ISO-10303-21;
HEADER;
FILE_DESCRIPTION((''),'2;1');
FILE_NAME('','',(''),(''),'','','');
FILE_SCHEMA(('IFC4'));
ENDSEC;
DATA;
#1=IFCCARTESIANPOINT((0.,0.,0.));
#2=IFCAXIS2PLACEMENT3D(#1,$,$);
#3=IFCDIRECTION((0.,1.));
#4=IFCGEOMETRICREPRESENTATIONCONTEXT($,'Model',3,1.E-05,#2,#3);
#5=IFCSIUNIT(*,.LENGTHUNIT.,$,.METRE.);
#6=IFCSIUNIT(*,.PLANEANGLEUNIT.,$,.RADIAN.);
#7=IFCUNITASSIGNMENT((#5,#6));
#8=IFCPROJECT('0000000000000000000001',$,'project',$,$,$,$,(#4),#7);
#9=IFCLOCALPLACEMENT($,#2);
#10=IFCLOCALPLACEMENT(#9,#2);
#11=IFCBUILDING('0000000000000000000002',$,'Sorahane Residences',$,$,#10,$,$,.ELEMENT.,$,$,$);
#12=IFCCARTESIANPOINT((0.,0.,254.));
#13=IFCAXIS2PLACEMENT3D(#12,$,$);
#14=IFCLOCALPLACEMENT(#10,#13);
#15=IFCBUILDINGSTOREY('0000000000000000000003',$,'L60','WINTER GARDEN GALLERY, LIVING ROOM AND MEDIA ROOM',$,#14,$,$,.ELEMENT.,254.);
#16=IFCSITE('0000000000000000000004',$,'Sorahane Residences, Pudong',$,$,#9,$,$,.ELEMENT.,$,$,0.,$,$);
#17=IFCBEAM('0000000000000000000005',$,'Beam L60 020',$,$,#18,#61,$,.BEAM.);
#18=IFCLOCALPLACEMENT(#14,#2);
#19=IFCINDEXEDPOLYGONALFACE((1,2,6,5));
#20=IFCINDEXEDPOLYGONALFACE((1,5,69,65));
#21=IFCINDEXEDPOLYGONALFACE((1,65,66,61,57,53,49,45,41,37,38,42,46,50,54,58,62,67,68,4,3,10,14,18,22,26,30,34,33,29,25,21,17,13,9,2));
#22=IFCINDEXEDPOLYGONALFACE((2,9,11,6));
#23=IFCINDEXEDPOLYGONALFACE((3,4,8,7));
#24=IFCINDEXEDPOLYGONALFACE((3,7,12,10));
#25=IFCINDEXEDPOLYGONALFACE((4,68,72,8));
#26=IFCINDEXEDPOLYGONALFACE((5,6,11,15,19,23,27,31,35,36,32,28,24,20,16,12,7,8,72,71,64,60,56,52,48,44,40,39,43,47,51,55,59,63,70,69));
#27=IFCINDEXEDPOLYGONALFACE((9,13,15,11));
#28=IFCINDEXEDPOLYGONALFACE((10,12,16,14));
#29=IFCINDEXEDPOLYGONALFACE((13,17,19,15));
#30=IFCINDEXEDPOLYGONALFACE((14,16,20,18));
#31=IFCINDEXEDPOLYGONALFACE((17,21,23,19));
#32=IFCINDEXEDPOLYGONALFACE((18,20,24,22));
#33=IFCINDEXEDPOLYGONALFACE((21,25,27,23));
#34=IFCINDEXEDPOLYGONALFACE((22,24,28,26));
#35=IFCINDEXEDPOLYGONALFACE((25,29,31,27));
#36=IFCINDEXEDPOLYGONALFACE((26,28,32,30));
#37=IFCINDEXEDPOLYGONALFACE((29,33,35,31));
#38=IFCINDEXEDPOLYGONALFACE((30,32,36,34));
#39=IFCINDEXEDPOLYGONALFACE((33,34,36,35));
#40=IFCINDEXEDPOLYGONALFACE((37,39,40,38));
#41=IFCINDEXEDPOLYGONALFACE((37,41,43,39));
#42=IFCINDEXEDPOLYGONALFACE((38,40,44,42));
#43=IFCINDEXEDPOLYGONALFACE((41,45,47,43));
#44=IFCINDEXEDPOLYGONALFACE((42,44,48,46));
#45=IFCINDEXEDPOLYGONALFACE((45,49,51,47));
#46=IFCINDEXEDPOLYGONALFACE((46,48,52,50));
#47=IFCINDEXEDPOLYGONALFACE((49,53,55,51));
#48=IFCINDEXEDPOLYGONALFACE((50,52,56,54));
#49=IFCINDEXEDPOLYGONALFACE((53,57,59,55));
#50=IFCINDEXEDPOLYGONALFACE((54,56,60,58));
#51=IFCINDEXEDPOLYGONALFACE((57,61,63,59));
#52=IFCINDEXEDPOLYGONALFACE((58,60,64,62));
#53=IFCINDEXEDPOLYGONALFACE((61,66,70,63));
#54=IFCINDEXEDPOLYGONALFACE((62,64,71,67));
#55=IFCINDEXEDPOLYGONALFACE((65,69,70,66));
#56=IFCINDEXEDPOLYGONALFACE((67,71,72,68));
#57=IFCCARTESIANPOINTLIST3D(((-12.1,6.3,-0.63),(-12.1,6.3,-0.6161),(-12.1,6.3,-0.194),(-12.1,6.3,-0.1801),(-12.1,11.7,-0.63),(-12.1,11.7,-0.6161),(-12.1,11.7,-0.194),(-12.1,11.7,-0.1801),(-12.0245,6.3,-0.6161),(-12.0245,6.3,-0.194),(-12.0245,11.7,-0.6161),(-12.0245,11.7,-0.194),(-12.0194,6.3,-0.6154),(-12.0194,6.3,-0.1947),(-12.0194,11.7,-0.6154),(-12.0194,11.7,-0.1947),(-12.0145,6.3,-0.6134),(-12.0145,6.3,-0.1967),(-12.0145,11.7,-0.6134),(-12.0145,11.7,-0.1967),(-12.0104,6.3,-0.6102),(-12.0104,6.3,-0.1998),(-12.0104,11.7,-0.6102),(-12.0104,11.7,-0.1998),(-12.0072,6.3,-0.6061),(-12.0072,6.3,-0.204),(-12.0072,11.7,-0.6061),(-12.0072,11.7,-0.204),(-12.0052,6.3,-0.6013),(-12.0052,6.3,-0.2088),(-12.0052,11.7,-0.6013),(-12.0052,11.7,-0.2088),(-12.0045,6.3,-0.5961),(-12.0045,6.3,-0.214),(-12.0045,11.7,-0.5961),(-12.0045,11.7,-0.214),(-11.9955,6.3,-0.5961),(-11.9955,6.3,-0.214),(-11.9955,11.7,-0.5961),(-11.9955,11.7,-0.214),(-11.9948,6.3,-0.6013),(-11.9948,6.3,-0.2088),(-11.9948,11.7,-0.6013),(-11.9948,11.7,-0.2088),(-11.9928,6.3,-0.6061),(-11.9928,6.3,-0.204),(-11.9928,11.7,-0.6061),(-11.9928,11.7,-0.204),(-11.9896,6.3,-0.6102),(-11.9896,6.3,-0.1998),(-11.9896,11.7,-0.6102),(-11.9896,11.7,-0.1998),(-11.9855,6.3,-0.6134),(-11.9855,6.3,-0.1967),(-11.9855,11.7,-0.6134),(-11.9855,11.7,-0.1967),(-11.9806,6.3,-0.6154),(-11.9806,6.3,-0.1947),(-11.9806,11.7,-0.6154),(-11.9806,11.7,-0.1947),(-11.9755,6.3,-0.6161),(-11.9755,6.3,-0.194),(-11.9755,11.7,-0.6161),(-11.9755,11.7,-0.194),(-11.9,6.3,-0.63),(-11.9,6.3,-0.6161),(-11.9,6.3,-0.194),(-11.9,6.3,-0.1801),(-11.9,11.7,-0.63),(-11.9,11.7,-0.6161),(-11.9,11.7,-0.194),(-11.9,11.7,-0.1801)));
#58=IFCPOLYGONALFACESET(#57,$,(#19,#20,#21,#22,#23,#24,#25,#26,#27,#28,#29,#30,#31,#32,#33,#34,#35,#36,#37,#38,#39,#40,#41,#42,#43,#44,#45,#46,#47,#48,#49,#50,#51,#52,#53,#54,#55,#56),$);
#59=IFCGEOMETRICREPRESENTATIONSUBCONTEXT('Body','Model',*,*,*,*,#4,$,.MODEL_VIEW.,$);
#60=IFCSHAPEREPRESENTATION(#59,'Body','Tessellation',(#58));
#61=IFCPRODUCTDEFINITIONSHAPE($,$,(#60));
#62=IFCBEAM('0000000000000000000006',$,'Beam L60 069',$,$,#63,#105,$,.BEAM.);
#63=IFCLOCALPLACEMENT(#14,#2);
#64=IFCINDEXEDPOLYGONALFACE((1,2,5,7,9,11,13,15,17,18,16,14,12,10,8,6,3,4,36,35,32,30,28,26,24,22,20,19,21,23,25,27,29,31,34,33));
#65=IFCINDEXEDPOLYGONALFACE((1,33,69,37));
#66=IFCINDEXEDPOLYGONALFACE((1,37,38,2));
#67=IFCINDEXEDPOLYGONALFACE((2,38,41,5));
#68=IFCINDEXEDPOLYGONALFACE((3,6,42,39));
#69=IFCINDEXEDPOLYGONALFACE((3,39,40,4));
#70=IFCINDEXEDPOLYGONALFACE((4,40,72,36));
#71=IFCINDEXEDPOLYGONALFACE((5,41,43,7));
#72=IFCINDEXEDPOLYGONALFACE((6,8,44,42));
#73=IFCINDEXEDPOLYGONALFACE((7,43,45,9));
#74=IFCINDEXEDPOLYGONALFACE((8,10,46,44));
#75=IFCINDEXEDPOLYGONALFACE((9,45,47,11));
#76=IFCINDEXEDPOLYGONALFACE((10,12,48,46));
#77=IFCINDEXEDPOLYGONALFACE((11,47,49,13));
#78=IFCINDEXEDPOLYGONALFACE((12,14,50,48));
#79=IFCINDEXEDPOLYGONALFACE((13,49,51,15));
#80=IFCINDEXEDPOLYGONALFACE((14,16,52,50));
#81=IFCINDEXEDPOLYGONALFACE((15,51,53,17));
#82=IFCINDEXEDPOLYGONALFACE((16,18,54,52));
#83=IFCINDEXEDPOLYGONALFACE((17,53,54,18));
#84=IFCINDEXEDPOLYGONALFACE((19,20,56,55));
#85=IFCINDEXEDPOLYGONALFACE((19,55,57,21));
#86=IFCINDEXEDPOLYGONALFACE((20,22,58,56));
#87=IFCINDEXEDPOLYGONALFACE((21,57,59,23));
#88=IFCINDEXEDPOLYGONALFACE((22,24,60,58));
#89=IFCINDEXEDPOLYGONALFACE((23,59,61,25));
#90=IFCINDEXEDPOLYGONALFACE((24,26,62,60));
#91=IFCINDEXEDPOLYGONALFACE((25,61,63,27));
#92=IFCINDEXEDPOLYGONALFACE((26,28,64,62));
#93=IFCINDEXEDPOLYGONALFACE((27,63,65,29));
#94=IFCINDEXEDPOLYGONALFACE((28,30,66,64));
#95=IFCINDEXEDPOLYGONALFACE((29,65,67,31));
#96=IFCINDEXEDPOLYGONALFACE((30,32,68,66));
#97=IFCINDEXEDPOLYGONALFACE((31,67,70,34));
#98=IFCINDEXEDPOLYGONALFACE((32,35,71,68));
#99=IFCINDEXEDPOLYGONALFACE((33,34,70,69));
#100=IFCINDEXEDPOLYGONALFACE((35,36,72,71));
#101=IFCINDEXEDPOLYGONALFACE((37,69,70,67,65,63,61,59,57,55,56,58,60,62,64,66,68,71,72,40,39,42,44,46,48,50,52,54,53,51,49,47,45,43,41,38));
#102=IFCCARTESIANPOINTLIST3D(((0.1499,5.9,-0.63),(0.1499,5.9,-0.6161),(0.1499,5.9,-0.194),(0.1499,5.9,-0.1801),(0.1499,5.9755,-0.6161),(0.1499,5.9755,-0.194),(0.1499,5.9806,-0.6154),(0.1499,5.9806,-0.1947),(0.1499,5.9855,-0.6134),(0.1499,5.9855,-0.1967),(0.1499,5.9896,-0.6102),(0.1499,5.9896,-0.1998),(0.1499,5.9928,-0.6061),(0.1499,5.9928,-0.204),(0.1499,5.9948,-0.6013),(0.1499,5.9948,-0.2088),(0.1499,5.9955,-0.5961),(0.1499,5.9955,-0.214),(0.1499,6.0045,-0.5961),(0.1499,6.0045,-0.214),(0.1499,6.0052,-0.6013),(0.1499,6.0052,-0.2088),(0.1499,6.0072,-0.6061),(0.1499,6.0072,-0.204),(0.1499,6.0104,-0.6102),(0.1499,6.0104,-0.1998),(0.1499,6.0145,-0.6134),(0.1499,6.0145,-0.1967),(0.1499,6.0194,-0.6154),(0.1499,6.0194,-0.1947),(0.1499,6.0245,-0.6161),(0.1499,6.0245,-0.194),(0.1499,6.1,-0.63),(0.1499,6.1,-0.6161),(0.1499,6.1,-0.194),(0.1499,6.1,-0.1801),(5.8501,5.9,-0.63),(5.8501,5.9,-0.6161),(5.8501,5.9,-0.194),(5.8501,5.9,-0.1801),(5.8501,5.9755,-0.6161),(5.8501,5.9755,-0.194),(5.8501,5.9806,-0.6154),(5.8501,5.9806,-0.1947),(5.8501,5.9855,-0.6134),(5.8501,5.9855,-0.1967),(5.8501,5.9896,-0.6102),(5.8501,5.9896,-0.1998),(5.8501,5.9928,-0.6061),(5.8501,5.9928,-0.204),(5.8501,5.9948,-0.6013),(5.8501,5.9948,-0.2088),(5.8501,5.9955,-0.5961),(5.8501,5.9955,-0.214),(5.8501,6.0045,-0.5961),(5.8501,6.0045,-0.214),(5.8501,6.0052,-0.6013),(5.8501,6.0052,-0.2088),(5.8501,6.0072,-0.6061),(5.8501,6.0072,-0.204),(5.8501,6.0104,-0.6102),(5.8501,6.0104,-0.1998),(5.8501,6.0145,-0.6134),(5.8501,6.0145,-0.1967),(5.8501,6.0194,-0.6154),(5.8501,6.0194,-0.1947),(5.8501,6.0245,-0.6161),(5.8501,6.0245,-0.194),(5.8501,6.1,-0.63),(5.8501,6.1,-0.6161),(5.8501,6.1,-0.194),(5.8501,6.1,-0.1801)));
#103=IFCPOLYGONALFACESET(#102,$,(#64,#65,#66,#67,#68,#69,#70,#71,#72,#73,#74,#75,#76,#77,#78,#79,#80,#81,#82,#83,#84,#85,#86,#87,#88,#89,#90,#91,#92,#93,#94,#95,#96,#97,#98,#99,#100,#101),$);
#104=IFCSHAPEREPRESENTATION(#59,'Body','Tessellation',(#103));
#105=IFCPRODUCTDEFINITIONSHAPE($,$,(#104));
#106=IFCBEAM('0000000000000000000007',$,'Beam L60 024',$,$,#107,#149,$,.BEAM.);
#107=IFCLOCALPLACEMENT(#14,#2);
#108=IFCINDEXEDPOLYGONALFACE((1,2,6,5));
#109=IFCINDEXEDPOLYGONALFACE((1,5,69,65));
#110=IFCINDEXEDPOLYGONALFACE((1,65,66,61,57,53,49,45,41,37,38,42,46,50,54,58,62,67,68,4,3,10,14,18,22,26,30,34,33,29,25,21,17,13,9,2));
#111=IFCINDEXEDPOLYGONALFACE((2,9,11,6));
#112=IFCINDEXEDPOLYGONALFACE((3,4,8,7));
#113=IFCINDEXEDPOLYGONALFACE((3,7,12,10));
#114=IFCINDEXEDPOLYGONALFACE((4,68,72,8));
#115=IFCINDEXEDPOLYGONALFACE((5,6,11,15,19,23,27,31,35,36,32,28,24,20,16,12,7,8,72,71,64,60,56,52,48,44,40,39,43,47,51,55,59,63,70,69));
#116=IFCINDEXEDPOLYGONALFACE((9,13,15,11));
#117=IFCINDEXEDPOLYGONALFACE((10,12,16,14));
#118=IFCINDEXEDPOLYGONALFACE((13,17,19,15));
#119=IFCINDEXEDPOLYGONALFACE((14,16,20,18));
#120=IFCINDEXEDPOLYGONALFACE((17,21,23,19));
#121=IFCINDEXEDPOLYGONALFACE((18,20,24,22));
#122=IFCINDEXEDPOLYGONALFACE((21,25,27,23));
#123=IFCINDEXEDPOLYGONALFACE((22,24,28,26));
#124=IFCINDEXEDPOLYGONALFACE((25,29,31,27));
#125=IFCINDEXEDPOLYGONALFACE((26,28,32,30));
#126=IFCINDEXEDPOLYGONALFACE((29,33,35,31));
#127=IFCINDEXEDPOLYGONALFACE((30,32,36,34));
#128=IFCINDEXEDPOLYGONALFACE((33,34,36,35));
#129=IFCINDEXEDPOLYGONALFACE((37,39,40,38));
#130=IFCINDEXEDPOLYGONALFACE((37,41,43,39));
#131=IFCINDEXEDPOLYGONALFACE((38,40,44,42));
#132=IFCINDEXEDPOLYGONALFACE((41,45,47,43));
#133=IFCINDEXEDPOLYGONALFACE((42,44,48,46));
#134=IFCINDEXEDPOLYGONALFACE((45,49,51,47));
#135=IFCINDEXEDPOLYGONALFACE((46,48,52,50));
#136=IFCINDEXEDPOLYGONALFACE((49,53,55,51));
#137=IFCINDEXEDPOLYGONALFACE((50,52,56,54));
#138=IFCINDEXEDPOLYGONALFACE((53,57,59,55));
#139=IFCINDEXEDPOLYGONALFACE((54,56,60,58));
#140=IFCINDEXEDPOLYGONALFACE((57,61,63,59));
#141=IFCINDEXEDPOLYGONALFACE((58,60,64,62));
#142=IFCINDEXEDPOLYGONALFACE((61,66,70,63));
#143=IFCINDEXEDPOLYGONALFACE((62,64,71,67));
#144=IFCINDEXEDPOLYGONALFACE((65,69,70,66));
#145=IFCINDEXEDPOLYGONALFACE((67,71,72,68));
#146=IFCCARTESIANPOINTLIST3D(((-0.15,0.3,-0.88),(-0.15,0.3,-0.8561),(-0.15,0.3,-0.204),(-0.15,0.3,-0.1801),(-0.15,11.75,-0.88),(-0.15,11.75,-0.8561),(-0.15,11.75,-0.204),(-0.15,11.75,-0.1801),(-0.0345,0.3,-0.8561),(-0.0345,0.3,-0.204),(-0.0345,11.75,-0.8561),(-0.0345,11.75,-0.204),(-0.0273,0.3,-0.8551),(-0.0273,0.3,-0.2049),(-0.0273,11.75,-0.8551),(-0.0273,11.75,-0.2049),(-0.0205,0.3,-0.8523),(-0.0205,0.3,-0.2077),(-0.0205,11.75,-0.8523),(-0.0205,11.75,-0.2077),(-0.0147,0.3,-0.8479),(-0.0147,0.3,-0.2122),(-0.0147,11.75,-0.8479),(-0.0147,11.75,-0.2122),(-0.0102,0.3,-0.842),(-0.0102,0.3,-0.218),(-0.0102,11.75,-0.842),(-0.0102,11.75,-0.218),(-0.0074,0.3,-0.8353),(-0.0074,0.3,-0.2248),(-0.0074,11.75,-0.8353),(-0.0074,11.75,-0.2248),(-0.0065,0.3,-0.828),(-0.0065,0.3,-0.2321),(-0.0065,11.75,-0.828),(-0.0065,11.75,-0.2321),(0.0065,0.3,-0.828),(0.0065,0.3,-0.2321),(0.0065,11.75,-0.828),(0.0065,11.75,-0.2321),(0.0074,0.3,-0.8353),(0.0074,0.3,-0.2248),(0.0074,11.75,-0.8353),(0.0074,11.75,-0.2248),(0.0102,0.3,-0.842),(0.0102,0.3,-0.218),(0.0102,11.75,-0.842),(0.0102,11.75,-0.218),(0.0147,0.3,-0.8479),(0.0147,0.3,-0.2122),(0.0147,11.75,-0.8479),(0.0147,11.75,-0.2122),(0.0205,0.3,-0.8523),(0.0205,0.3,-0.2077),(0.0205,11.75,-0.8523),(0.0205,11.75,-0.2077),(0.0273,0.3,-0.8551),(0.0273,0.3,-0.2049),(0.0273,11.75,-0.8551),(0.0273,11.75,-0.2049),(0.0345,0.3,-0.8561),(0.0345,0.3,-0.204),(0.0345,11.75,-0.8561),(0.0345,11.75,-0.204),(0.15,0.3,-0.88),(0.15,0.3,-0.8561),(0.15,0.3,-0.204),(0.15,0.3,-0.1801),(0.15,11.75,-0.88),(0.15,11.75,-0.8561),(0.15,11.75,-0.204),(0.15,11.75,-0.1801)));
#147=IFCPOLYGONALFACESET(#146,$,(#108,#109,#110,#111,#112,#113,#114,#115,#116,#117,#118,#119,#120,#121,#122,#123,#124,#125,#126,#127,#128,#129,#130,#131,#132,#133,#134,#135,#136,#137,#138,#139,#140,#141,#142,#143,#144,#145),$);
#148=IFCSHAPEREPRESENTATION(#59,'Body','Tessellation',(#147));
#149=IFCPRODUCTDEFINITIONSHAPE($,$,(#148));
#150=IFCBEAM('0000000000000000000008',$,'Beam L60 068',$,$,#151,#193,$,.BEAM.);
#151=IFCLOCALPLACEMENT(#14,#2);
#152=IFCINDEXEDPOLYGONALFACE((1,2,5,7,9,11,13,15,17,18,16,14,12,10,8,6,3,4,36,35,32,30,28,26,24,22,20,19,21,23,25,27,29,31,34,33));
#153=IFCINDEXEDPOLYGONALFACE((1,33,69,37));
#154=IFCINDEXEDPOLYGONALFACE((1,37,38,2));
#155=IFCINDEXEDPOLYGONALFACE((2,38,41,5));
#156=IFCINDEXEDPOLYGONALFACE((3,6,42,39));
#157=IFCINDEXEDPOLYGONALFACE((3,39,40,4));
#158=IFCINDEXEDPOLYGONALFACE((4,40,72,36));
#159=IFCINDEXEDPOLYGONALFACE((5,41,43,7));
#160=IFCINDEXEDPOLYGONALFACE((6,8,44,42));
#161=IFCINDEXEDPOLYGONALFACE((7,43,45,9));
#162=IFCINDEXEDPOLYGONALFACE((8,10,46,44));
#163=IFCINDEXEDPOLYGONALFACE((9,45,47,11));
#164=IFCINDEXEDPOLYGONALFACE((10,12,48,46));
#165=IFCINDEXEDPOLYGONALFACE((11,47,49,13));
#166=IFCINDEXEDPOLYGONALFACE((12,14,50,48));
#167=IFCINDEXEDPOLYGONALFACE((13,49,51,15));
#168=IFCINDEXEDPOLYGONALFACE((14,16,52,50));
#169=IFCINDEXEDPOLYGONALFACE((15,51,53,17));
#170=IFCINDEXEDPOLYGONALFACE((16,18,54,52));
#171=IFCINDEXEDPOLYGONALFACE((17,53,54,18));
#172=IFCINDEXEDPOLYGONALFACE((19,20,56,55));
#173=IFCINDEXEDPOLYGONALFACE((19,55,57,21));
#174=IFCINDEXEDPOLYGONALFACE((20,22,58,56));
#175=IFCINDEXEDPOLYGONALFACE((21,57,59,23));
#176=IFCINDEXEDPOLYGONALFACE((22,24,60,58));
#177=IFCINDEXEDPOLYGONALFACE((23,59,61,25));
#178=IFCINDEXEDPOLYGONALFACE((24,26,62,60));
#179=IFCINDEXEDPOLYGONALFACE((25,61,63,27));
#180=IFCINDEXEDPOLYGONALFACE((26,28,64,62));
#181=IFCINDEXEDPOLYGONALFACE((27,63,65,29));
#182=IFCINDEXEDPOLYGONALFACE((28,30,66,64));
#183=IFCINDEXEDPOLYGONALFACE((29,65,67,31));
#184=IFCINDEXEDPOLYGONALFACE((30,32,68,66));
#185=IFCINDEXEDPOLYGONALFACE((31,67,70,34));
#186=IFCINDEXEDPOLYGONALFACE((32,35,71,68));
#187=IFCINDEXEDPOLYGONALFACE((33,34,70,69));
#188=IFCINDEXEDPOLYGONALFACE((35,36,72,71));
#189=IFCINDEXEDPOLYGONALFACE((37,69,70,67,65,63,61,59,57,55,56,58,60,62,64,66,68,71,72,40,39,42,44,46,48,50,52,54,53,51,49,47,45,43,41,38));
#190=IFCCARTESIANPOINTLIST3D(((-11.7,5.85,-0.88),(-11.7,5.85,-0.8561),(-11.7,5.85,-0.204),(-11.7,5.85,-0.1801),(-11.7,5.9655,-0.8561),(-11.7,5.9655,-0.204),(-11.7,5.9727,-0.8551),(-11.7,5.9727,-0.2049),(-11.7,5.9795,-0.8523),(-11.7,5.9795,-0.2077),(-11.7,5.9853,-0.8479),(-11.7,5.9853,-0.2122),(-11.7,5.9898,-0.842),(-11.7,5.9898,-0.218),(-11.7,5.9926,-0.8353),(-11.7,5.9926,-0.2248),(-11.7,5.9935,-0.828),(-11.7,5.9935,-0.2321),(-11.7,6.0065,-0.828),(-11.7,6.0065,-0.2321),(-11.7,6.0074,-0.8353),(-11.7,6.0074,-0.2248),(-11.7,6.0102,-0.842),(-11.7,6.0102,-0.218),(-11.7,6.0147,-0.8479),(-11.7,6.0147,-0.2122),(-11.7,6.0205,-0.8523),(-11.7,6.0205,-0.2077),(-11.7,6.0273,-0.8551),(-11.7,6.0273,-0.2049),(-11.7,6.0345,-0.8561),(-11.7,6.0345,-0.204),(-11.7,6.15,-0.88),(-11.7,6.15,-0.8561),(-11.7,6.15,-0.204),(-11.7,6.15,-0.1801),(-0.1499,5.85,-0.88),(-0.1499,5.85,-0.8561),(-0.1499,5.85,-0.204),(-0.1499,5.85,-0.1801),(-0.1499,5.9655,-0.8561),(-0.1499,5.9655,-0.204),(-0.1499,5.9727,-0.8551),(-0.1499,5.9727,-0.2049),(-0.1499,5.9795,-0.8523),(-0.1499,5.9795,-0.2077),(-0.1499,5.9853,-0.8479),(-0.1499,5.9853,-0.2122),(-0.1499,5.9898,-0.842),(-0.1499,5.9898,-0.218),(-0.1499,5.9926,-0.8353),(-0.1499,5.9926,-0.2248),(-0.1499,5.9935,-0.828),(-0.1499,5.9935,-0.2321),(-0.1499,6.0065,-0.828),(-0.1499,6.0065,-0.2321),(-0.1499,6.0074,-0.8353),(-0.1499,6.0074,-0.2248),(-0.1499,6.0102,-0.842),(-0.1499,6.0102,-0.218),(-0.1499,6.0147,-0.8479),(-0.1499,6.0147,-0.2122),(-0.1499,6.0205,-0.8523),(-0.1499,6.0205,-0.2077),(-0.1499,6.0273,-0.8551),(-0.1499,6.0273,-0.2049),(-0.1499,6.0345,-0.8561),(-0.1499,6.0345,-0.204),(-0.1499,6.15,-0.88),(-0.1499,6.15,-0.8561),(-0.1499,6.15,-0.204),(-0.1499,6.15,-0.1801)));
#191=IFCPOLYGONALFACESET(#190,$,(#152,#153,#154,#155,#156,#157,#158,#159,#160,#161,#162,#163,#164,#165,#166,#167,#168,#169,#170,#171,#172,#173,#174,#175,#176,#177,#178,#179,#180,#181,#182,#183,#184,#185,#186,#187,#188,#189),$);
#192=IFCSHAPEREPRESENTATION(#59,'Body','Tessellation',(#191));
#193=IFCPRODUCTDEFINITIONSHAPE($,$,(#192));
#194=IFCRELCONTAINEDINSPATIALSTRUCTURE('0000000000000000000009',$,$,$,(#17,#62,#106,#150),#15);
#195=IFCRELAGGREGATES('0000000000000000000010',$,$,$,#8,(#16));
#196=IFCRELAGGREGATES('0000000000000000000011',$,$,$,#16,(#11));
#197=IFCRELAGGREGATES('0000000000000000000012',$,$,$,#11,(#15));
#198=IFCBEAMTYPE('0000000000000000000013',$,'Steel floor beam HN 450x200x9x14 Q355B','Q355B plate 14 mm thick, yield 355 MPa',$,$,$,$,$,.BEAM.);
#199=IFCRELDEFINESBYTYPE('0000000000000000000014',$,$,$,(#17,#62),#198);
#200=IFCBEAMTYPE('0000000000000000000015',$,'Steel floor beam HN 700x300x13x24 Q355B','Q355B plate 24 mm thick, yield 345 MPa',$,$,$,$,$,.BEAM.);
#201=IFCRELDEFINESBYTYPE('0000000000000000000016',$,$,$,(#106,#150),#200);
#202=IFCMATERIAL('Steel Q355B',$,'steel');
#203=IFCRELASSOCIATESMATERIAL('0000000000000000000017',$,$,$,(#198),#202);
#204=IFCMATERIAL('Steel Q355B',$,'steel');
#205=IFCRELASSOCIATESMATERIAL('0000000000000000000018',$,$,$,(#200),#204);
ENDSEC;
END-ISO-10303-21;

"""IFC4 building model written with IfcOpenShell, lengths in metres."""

from ifc_helpers import new_model, si_unit, direction, frame, origin, origin_2d, place, context, subcontext, project, spatial, i_section, extrude, material, material_profile, profile_set, type_object, element, save


model = new_model("IFC4")

# Units and contexts
model_context = context("Model", 3, precision=1e-05, world=origin(), true_north=direction((0.0, 1.0)))
body_context = subcontext(model_context, "Body", "Model", "MODEL_VIEW")
ifc_project = project(units=[si_unit("LENGTHUNIT", "METRE"), si_unit("PLANEANGLEUNIT", "RADIAN")], contexts=[model_context])

# Site, building, storey
site_placement = place(None, origin())
site = spatial("IfcSite", under=ifc_project, at=site_placement, Name="Sorahane Residences, Pudong", CompositionType="ELEMENT", RefElevation=0.0)
building_placement = place(site_placement, origin())
building = spatial("IfcBuilding", under=site, at=building_placement, Name="Sorahane Residences", CompositionType="ELEMENT")
storey_placement = place(building_placement, frame((0.0, 0.0, 254.0)))
storey = spatial("IfcBuildingStorey", under=building, at=storey_placement, Name="L60", Description="WINTER GARDEN GALLERY, LIVING ROOM AND MEDIA ROOM", CompositionType="ELEMENT", Elevation=254.0)

# Beams
ifc_material_1 = material(Name="Steel Q355B", Category="steel")
ifc_material_profile_1 = material_profile(ifc_material_1, i_section(OverallWidth=0.2, OverallDepth=0.45, WebThickness=0.009, FlangeThickness=0.0139, FilletRadius=0.02, at=origin_2d()), Name="HN 450x200x9x14")
ifc_profile_set_1 = profile_set([ifc_material_profile_1], Name="Steel Q355B")
beam_type_1 = type_object("IfcBeamType", Name="Steel floor beam HN 450x200x9x14 Q355B", Description="Q355B plate 14 mm thick, yield 355 MPa", PredefinedType="BEAM", material=ifc_profile_set_1)
for number, where, z_axis, x_axis, name in (
    (1, (-12.0, 6.3, -0.405), (0.0, 1.0, 0.0), (-1.0, 0.0, 0.0), "Beam L60 020"),
):
    element("IfcBeam", number, at=place(storey_placement, frame(where, z_axis=z_axis, x_axis=x_axis)), inside=storey, type_object=beam_type_1, Name=name, PredefinedType="BEAM", context=body_context, shape_type="SweptSolid", body=[
        extrude(i_section(OverallWidth=0.2, OverallDepth=0.45, WebThickness=0.009, FlangeThickness=0.0139, FilletRadius=0.02, at=origin_2d()), origin(), (0.0, 0.0, 1.0), 5.3999),
    ])
beam_1_placement = place(storey_placement, frame((0.1499, 6.0, -0.405), z_axis=(1.0, 0.0, 0.0), x_axis=(0.0, 1.0, 0.0)))
element("IfcBeam", 2, at=beam_1_placement, inside=storey, type_object=beam_type_1, Name="Beam L60 069", PredefinedType="BEAM", context=body_context, shape_type="SweptSolid", body=[
    extrude(i_section(OverallWidth=0.2, OverallDepth=0.45, WebThickness=0.009, FlangeThickness=0.0139, FilletRadius=0.02, at=origin_2d()), origin(), (0.0, 0.0, 1.0), 5.7002),
])
ifc_material_2 = material(Name="Steel Q355B", Category="steel")
ifc_material_profile_2 = material_profile(ifc_material_2, i_section(OverallWidth=0.3, OverallDepth=0.7, WebThickness=0.0129, FlangeThickness=0.0239, FilletRadius=0.0281, at=origin_2d()), Name="HN 700x300x13x24")
ifc_profile_set_2 = profile_set([ifc_material_profile_2], Name="Steel Q355B")
beam_type_2 = type_object("IfcBeamType", Name="Steel floor beam HN 700x300x13x24 Q355B", Description="Q355B plate 24 mm thick, yield 345 MPa", PredefinedType="BEAM", material=ifc_profile_set_2)
beam_2_placement = place(storey_placement, frame((0.0, 0.3, -0.53), z_axis=(0.0, 1.0, 0.0), x_axis=(-1.0, 0.0, 0.0)))
element("IfcBeam", 3, at=beam_2_placement, inside=storey, type_object=beam_type_2, Name="Beam L60 024", PredefinedType="BEAM", context=body_context, shape_type="SweptSolid", body=[
    extrude(i_section(OverallWidth=0.3, OverallDepth=0.7, WebThickness=0.0129, FlangeThickness=0.0239, FilletRadius=0.0281, at=origin_2d()), origin(), (0.0, 0.0, 1.0), 11.45),
])
beam_3_placement = place(storey_placement, frame((-11.7, 6.0, -0.53), z_axis=(1.0, 0.0, 0.0), x_axis=(0.0, 1.0, 0.0)))
element("IfcBeam", 4, at=beam_3_placement, inside=storey, type_object=beam_type_2, Name="Beam L60 068", PredefinedType="BEAM", context=body_context, shape_type="SweptSolid", body=[
    extrude(i_section(OverallWidth=0.3, OverallDepth=0.7, WebThickness=0.0129, FlangeThickness=0.0239, FilletRadius=0.0281, at=origin_2d()), origin(), (0.0, 0.0, 1.0), 11.55),
])

save(model, "model.ifc")
